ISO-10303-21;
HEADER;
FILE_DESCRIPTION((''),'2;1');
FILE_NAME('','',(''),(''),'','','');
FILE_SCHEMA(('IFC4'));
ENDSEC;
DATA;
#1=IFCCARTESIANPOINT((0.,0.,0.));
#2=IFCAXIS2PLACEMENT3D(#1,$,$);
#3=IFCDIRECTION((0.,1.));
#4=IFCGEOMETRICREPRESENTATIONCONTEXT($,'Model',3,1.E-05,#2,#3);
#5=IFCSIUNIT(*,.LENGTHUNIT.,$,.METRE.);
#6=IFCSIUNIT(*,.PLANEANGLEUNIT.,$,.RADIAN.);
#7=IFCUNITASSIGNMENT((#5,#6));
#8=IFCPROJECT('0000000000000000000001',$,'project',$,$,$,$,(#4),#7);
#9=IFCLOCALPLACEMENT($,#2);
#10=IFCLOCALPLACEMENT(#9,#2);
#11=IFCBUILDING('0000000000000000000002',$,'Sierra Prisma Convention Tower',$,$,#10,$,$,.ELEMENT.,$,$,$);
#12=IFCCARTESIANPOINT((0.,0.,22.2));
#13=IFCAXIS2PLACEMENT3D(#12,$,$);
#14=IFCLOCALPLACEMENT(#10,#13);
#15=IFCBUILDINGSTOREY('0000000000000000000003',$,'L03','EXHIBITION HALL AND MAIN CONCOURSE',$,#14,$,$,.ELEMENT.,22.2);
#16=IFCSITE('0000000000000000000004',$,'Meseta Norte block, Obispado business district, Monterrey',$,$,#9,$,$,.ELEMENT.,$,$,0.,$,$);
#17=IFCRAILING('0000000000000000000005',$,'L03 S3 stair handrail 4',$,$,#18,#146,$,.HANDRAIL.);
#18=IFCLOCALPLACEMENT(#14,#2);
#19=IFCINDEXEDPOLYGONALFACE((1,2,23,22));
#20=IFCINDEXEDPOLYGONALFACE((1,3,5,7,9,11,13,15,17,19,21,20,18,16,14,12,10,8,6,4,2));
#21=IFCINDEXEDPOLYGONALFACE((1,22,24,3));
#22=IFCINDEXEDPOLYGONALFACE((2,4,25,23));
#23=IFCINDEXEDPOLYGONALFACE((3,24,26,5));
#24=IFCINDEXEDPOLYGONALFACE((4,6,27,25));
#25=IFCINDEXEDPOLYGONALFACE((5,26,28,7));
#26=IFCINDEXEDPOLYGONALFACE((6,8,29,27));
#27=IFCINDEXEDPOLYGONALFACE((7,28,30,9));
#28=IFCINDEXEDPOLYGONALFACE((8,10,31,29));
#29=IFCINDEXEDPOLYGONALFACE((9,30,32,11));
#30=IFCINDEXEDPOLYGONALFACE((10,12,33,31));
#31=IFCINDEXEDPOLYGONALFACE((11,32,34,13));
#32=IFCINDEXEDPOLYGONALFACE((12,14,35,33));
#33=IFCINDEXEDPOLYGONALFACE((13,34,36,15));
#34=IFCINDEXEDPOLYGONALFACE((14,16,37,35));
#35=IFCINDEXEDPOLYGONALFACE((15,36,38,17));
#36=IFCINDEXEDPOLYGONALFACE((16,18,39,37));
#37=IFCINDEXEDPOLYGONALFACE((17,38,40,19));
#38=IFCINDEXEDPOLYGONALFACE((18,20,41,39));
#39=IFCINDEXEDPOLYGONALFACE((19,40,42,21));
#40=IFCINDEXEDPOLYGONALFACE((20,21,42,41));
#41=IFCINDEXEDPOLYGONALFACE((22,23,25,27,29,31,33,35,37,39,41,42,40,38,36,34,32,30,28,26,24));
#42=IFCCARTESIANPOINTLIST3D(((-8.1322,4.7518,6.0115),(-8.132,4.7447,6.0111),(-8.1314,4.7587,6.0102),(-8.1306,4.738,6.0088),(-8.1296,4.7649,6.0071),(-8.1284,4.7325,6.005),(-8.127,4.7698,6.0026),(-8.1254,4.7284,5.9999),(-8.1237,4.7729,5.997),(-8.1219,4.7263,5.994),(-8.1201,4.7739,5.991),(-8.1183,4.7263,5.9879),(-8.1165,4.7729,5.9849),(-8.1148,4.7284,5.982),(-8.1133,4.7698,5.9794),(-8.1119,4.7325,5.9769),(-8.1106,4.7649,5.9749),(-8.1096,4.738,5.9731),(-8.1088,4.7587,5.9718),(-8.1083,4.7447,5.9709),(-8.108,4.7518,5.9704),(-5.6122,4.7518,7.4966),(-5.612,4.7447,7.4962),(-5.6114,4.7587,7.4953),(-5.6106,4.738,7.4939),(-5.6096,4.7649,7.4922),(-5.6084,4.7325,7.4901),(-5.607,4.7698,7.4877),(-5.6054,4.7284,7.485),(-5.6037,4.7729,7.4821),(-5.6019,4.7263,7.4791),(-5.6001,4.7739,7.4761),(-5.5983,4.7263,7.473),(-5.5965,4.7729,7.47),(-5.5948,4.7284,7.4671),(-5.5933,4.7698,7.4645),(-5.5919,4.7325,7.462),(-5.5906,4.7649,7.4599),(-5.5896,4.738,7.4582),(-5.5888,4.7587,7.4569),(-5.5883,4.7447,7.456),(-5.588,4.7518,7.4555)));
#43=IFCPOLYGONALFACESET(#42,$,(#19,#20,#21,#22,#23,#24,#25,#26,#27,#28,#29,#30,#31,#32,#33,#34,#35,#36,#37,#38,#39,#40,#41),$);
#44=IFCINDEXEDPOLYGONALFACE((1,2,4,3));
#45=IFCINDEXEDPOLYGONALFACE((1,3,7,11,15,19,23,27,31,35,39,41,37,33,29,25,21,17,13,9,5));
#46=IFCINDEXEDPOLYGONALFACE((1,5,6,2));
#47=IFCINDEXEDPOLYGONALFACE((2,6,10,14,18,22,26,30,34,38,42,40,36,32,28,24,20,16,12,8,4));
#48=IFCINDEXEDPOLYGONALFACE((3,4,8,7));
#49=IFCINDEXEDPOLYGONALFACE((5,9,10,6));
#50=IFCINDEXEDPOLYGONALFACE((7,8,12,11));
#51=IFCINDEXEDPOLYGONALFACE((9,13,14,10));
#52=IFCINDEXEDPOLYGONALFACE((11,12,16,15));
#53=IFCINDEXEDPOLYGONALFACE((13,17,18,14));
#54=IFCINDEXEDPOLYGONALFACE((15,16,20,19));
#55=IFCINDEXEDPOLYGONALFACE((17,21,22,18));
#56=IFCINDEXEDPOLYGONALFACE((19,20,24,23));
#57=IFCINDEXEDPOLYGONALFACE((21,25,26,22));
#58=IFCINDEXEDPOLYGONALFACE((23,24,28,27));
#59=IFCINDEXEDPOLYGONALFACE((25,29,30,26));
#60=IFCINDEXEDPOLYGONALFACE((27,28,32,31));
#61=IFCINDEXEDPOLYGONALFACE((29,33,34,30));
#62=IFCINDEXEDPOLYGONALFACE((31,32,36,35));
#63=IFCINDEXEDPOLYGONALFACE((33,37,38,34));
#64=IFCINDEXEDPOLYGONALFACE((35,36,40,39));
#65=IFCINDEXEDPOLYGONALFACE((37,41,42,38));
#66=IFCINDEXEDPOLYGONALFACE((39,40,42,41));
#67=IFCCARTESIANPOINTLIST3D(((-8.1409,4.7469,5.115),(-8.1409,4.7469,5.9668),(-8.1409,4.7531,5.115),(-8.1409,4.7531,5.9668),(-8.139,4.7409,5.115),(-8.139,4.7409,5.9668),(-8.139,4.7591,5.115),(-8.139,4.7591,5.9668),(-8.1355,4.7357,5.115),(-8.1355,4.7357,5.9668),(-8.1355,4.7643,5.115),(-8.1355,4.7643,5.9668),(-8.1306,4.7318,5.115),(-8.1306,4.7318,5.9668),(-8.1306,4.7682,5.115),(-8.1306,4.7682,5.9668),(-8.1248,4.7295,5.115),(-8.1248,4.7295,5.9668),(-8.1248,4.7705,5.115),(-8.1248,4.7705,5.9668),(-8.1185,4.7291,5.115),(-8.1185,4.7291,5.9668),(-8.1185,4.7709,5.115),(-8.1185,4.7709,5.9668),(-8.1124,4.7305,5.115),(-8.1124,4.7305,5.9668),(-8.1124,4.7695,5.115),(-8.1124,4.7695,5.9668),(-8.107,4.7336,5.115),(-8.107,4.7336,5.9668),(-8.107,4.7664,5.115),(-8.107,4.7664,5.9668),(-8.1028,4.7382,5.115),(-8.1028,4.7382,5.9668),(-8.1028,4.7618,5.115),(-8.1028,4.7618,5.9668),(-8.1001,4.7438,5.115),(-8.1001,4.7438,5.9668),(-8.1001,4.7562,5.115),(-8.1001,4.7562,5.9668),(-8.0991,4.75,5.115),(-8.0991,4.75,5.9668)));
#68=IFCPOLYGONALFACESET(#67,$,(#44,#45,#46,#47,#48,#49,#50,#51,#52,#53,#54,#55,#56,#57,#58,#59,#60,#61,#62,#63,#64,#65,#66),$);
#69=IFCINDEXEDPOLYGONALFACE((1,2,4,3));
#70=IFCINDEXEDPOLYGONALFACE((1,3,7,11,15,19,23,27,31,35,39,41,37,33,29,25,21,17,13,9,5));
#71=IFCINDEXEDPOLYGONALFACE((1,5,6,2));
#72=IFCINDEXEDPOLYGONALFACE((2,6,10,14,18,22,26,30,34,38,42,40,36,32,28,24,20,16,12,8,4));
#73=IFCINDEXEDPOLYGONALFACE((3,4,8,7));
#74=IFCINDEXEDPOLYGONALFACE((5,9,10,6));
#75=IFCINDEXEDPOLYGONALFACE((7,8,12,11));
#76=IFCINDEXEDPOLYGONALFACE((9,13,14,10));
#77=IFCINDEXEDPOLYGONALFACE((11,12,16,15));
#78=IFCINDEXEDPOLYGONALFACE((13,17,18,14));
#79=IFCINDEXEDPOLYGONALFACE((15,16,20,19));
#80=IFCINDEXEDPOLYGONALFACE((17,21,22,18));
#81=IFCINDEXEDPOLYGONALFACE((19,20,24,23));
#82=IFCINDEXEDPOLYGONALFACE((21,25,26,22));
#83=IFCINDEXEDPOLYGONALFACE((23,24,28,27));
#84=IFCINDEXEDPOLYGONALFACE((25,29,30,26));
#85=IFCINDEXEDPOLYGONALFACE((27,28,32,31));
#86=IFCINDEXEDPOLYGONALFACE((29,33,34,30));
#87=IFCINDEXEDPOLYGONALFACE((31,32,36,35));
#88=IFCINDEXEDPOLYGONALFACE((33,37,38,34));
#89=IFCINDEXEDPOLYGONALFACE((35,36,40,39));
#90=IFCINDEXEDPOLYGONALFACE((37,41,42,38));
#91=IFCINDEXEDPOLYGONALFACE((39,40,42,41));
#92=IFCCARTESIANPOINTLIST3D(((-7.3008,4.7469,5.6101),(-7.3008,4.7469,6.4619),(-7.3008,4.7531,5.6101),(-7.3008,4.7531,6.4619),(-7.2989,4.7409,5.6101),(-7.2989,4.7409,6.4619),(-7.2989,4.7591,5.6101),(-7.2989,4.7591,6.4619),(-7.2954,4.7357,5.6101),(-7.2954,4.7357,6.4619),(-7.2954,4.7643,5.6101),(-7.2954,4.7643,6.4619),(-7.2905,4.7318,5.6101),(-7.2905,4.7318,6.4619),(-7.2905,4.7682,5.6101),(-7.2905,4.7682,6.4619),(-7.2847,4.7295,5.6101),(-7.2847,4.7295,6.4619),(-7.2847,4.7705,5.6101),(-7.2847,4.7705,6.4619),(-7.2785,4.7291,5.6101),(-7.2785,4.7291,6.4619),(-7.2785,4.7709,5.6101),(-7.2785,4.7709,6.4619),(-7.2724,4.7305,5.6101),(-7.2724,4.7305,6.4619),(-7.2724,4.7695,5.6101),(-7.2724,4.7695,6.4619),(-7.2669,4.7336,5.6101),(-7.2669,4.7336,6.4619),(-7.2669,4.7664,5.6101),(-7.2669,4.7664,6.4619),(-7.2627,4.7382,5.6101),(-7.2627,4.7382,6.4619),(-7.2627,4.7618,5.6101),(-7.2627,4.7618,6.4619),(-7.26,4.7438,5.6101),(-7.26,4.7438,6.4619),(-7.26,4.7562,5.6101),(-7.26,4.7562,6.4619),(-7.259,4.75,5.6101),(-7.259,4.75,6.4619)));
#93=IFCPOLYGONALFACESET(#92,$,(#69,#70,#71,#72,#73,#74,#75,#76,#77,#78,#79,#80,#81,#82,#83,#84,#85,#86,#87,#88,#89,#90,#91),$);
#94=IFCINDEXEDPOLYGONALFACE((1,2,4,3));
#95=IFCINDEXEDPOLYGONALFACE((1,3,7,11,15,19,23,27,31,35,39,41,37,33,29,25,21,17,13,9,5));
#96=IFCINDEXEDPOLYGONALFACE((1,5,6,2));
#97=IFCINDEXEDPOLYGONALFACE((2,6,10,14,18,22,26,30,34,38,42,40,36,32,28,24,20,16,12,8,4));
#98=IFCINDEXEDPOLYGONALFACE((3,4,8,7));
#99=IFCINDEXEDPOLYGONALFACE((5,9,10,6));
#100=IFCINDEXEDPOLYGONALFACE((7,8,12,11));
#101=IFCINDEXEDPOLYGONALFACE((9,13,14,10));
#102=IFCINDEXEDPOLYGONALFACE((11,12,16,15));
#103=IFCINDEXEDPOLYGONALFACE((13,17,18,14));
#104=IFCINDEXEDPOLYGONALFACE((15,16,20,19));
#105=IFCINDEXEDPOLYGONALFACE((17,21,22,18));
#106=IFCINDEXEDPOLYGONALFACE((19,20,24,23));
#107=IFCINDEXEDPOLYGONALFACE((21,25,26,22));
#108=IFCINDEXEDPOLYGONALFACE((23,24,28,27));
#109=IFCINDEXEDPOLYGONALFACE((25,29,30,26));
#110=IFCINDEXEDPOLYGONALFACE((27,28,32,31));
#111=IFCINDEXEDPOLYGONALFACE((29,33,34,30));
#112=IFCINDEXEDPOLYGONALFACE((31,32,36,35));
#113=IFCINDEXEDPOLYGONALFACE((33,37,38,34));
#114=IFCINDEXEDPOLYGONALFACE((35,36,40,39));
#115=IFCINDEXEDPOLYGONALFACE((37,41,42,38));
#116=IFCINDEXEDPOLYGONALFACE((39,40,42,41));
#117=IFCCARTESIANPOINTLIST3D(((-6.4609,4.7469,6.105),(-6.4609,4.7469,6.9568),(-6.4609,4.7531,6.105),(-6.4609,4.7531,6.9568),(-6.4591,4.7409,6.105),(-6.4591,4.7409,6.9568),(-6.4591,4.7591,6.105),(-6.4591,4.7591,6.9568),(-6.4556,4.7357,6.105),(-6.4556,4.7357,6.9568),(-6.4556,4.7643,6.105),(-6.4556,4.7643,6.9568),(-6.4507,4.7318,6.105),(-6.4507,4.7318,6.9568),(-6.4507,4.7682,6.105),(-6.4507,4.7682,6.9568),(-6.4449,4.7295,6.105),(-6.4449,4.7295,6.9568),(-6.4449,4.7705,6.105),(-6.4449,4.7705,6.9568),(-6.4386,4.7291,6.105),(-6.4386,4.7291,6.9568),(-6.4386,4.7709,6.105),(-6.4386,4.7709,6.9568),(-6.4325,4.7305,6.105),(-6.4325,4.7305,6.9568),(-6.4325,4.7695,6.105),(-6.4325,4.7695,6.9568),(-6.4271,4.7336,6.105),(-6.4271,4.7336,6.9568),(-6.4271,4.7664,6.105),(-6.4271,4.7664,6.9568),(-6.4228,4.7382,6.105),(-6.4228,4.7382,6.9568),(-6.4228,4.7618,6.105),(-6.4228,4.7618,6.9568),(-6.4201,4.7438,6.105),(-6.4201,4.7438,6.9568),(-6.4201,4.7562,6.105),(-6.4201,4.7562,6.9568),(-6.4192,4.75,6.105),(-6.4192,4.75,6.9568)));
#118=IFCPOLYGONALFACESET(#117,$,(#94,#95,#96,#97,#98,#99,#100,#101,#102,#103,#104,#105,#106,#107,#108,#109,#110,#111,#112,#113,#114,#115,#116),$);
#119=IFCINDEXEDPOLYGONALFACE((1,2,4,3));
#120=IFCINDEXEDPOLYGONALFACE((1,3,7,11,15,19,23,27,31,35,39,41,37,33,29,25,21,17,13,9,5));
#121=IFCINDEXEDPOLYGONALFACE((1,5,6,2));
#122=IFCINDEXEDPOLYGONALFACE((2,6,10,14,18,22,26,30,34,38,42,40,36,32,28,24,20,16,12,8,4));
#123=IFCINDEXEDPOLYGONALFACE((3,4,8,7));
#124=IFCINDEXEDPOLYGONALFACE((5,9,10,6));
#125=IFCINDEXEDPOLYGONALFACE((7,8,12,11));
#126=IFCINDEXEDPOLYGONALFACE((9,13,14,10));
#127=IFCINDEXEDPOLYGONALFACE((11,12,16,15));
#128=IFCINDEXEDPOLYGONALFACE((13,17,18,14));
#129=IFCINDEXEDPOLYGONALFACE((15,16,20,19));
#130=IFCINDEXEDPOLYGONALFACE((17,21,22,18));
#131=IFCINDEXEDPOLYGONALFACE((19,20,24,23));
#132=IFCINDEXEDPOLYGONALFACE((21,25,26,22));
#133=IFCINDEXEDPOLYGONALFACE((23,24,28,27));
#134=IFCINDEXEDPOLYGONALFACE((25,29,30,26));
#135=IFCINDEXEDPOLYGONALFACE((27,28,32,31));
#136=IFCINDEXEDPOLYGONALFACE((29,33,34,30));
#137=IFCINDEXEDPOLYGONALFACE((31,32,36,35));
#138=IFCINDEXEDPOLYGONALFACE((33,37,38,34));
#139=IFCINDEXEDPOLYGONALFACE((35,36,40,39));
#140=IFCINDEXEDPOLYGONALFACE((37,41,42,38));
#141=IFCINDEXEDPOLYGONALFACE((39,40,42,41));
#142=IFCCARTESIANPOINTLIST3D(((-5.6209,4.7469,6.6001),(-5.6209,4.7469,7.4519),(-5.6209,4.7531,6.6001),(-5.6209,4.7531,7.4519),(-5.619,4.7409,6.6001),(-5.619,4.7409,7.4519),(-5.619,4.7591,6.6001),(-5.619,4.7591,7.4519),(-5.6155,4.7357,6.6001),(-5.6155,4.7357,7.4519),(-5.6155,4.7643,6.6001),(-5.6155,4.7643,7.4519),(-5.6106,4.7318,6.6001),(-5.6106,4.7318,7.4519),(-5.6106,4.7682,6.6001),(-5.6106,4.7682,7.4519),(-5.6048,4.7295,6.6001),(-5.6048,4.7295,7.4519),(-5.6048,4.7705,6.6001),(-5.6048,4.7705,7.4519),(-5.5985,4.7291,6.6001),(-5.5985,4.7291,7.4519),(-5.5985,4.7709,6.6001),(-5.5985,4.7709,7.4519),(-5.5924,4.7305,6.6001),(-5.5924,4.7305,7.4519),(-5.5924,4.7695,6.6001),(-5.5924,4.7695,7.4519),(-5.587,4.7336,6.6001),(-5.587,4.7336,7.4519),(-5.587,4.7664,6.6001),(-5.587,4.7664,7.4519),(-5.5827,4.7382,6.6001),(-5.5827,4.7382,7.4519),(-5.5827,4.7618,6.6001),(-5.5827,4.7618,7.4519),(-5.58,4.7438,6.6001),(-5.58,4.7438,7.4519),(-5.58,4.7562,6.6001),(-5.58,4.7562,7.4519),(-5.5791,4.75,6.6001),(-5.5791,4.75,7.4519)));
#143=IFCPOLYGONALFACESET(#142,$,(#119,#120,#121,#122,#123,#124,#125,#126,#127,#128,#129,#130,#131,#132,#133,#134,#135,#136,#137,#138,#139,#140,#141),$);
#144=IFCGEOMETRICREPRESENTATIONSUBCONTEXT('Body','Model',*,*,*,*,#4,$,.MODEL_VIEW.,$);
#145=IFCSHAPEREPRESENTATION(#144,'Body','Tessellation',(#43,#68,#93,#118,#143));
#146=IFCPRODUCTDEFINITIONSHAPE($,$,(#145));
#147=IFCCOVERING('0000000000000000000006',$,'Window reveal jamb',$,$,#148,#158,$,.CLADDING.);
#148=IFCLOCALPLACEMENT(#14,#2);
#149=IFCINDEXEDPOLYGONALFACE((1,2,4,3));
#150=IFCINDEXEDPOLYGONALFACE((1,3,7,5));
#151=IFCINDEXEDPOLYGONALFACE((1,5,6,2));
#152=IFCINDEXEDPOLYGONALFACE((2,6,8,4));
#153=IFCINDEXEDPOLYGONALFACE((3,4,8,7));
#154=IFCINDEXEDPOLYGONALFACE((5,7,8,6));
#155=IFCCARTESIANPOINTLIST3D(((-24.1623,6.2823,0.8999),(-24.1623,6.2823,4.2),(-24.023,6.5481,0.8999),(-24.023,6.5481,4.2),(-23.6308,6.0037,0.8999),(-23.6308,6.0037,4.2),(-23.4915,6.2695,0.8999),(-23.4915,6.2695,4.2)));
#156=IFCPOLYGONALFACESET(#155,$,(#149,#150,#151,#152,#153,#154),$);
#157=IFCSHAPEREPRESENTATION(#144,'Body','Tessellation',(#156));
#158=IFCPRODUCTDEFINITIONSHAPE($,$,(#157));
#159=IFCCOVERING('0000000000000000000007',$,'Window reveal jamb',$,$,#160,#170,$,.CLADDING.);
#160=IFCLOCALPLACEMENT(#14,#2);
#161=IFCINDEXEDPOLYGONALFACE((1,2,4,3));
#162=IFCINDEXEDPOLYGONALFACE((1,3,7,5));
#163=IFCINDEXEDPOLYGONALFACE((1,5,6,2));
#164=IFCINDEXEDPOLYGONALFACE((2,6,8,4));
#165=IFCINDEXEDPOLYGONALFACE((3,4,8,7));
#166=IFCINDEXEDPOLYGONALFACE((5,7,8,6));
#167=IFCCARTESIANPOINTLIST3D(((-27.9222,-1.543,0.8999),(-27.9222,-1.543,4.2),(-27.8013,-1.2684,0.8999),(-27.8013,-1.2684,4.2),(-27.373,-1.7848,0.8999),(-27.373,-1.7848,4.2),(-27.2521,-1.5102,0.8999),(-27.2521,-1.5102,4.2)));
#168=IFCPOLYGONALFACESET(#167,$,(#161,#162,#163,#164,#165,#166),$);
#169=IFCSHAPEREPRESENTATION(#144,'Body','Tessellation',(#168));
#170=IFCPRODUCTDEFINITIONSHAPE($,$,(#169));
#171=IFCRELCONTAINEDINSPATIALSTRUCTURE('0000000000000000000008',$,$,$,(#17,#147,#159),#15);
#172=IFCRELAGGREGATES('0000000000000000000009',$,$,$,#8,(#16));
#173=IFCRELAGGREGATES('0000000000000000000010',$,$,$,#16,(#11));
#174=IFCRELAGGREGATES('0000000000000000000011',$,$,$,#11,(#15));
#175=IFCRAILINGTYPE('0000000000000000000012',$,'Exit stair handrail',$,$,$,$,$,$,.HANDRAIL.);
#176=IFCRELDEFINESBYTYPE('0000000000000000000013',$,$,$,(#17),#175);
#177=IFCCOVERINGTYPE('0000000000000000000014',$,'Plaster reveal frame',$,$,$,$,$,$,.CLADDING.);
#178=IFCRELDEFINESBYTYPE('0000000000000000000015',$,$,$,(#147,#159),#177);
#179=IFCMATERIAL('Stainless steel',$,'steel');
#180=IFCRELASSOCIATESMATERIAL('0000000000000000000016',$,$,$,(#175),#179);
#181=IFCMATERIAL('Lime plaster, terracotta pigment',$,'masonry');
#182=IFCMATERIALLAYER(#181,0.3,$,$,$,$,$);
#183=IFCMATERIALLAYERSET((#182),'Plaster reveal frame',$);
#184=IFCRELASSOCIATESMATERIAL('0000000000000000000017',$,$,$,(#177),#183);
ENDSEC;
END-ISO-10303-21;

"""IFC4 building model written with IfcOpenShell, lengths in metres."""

from ifc_helpers import new_model, si_unit, direction, frame, origin, origin_2d, place, context, subcontext, project, spatial, rectangle, circle, extrude, material, layer, layer_set, type_object, element, save


model = new_model("IFC4")

# Units and contexts
model_context = context("Model", 3, precision=1e-05, world=origin(), true_north=direction((0.0, 1.0)))
body_context = subcontext(model_context, "Body", "Model", "MODEL_VIEW")
ifc_project = project(units=[si_unit("LENGTHUNIT", "METRE"), si_unit("PLANEANGLEUNIT", "RADIAN")], contexts=[model_context])

# Site, building, storey
site_placement = place(None, origin())
site = spatial("IfcSite", under=ifc_project, at=site_placement, Name="Meseta Norte block, Obispado business district, Monterrey", CompositionType="ELEMENT", RefElevation=0.0)
building_placement = place(site_placement, origin())
building = spatial("IfcBuilding", under=site, at=building_placement, Name="Sierra Prisma Convention Tower", CompositionType="ELEMENT")
storey_placement = place(building_placement, frame((0.0, 0.0, 22.2)))
storey = spatial("IfcBuildingStorey", under=building, at=storey_placement, Name="L03", Description="EXHIBITION HALL AND MAIN CONCOURSE", CompositionType="ELEMENT", Elevation=22.2)

# Railing
ifc_material_1 = material(Name="Stainless steel", Category="steel")
railing_type_1 = type_object("IfcRailingType", Name="Exit stair handrail", PredefinedType="HANDRAIL", material=ifc_material_1)
for number, where, name in (
    (1, (-8.1201, 4.75, 5.115), "L03 S3 stair handrail 4"),
):
    element("IfcRailing", number, at=place(storey_placement, frame(where)), inside=storey, type_object=railing_type_1, Name=name, PredefinedType="HANDRAIL", context=body_context, shape_type="SweptSolid", body=[
        extrude(circle(Radius=0.0239, at=origin_2d()), frame((0.0, 0.0, 0.876), z_axis=(0.861524, 0.0, 0.507717), x_axis=(0.0, 1.0, 0.0)), (0.0, 0.0, 1.0), 2.925),
        extrude(circle(Radius=0.021, at=origin_2d()), origin(), (0.0, 0.0, 1.0), 0.8518),
        extrude(circle(Radius=0.021, at=origin_2d()), frame((0.8401, 0.0, 0.4951)), (0.0, 0.0, 1.0), 0.8518),
        extrude(circle(Radius=0.021, at=origin_2d()), frame((1.6799, 0.0, 0.99)), (0.0, 0.0, 1.0), 0.8518),
        extrude(circle(Radius=0.021, at=origin_2d()), frame((2.52, 0.0, 1.4851)), (0.0, 0.0, 1.0), 0.8518),
    ])

# Coverings
ifc_material_2 = material(Name="Lime plaster, terracotta pigment", Category="masonry")
ifc_layer_1 = layer(ifc_material_2, 0.3)
ifc_layer_set_1 = layer_set([ifc_layer_1], Name="Plaster reveal frame")
covering_type = type_object("IfcCoveringType", Name="Plaster reveal frame", PredefinedType="CLADDING", material=ifc_layer_set_1)
for number, where, z_axis, x_axis, name in (
    (2, (-23.8269, 6.2759, 0.8999), (0.0, 0.0, 1.0), (0.464253, 0.885703, 0.0), "Window reveal jamb"),
    (3, (-27.5872, -1.5266, 0.8999), (0.0, 0.0, 1.0), (0.402986, 0.915206, 0.0), "Window reveal jamb"),
):
    element("IfcCovering", number, at=place(storey_placement, frame(where, z_axis=z_axis, x_axis=x_axis)), inside=storey, type_object=covering_type, Name=name, PredefinedType="CLADDING", context=body_context, shape_type="SweptSolid", body=[
        extrude(rectangle(XDim=0.3, YDim=0.6001, at=origin_2d()), origin(), (0.0, 0.0, 1.0), 3.3),
    ])

save(model, "model.ifc")
